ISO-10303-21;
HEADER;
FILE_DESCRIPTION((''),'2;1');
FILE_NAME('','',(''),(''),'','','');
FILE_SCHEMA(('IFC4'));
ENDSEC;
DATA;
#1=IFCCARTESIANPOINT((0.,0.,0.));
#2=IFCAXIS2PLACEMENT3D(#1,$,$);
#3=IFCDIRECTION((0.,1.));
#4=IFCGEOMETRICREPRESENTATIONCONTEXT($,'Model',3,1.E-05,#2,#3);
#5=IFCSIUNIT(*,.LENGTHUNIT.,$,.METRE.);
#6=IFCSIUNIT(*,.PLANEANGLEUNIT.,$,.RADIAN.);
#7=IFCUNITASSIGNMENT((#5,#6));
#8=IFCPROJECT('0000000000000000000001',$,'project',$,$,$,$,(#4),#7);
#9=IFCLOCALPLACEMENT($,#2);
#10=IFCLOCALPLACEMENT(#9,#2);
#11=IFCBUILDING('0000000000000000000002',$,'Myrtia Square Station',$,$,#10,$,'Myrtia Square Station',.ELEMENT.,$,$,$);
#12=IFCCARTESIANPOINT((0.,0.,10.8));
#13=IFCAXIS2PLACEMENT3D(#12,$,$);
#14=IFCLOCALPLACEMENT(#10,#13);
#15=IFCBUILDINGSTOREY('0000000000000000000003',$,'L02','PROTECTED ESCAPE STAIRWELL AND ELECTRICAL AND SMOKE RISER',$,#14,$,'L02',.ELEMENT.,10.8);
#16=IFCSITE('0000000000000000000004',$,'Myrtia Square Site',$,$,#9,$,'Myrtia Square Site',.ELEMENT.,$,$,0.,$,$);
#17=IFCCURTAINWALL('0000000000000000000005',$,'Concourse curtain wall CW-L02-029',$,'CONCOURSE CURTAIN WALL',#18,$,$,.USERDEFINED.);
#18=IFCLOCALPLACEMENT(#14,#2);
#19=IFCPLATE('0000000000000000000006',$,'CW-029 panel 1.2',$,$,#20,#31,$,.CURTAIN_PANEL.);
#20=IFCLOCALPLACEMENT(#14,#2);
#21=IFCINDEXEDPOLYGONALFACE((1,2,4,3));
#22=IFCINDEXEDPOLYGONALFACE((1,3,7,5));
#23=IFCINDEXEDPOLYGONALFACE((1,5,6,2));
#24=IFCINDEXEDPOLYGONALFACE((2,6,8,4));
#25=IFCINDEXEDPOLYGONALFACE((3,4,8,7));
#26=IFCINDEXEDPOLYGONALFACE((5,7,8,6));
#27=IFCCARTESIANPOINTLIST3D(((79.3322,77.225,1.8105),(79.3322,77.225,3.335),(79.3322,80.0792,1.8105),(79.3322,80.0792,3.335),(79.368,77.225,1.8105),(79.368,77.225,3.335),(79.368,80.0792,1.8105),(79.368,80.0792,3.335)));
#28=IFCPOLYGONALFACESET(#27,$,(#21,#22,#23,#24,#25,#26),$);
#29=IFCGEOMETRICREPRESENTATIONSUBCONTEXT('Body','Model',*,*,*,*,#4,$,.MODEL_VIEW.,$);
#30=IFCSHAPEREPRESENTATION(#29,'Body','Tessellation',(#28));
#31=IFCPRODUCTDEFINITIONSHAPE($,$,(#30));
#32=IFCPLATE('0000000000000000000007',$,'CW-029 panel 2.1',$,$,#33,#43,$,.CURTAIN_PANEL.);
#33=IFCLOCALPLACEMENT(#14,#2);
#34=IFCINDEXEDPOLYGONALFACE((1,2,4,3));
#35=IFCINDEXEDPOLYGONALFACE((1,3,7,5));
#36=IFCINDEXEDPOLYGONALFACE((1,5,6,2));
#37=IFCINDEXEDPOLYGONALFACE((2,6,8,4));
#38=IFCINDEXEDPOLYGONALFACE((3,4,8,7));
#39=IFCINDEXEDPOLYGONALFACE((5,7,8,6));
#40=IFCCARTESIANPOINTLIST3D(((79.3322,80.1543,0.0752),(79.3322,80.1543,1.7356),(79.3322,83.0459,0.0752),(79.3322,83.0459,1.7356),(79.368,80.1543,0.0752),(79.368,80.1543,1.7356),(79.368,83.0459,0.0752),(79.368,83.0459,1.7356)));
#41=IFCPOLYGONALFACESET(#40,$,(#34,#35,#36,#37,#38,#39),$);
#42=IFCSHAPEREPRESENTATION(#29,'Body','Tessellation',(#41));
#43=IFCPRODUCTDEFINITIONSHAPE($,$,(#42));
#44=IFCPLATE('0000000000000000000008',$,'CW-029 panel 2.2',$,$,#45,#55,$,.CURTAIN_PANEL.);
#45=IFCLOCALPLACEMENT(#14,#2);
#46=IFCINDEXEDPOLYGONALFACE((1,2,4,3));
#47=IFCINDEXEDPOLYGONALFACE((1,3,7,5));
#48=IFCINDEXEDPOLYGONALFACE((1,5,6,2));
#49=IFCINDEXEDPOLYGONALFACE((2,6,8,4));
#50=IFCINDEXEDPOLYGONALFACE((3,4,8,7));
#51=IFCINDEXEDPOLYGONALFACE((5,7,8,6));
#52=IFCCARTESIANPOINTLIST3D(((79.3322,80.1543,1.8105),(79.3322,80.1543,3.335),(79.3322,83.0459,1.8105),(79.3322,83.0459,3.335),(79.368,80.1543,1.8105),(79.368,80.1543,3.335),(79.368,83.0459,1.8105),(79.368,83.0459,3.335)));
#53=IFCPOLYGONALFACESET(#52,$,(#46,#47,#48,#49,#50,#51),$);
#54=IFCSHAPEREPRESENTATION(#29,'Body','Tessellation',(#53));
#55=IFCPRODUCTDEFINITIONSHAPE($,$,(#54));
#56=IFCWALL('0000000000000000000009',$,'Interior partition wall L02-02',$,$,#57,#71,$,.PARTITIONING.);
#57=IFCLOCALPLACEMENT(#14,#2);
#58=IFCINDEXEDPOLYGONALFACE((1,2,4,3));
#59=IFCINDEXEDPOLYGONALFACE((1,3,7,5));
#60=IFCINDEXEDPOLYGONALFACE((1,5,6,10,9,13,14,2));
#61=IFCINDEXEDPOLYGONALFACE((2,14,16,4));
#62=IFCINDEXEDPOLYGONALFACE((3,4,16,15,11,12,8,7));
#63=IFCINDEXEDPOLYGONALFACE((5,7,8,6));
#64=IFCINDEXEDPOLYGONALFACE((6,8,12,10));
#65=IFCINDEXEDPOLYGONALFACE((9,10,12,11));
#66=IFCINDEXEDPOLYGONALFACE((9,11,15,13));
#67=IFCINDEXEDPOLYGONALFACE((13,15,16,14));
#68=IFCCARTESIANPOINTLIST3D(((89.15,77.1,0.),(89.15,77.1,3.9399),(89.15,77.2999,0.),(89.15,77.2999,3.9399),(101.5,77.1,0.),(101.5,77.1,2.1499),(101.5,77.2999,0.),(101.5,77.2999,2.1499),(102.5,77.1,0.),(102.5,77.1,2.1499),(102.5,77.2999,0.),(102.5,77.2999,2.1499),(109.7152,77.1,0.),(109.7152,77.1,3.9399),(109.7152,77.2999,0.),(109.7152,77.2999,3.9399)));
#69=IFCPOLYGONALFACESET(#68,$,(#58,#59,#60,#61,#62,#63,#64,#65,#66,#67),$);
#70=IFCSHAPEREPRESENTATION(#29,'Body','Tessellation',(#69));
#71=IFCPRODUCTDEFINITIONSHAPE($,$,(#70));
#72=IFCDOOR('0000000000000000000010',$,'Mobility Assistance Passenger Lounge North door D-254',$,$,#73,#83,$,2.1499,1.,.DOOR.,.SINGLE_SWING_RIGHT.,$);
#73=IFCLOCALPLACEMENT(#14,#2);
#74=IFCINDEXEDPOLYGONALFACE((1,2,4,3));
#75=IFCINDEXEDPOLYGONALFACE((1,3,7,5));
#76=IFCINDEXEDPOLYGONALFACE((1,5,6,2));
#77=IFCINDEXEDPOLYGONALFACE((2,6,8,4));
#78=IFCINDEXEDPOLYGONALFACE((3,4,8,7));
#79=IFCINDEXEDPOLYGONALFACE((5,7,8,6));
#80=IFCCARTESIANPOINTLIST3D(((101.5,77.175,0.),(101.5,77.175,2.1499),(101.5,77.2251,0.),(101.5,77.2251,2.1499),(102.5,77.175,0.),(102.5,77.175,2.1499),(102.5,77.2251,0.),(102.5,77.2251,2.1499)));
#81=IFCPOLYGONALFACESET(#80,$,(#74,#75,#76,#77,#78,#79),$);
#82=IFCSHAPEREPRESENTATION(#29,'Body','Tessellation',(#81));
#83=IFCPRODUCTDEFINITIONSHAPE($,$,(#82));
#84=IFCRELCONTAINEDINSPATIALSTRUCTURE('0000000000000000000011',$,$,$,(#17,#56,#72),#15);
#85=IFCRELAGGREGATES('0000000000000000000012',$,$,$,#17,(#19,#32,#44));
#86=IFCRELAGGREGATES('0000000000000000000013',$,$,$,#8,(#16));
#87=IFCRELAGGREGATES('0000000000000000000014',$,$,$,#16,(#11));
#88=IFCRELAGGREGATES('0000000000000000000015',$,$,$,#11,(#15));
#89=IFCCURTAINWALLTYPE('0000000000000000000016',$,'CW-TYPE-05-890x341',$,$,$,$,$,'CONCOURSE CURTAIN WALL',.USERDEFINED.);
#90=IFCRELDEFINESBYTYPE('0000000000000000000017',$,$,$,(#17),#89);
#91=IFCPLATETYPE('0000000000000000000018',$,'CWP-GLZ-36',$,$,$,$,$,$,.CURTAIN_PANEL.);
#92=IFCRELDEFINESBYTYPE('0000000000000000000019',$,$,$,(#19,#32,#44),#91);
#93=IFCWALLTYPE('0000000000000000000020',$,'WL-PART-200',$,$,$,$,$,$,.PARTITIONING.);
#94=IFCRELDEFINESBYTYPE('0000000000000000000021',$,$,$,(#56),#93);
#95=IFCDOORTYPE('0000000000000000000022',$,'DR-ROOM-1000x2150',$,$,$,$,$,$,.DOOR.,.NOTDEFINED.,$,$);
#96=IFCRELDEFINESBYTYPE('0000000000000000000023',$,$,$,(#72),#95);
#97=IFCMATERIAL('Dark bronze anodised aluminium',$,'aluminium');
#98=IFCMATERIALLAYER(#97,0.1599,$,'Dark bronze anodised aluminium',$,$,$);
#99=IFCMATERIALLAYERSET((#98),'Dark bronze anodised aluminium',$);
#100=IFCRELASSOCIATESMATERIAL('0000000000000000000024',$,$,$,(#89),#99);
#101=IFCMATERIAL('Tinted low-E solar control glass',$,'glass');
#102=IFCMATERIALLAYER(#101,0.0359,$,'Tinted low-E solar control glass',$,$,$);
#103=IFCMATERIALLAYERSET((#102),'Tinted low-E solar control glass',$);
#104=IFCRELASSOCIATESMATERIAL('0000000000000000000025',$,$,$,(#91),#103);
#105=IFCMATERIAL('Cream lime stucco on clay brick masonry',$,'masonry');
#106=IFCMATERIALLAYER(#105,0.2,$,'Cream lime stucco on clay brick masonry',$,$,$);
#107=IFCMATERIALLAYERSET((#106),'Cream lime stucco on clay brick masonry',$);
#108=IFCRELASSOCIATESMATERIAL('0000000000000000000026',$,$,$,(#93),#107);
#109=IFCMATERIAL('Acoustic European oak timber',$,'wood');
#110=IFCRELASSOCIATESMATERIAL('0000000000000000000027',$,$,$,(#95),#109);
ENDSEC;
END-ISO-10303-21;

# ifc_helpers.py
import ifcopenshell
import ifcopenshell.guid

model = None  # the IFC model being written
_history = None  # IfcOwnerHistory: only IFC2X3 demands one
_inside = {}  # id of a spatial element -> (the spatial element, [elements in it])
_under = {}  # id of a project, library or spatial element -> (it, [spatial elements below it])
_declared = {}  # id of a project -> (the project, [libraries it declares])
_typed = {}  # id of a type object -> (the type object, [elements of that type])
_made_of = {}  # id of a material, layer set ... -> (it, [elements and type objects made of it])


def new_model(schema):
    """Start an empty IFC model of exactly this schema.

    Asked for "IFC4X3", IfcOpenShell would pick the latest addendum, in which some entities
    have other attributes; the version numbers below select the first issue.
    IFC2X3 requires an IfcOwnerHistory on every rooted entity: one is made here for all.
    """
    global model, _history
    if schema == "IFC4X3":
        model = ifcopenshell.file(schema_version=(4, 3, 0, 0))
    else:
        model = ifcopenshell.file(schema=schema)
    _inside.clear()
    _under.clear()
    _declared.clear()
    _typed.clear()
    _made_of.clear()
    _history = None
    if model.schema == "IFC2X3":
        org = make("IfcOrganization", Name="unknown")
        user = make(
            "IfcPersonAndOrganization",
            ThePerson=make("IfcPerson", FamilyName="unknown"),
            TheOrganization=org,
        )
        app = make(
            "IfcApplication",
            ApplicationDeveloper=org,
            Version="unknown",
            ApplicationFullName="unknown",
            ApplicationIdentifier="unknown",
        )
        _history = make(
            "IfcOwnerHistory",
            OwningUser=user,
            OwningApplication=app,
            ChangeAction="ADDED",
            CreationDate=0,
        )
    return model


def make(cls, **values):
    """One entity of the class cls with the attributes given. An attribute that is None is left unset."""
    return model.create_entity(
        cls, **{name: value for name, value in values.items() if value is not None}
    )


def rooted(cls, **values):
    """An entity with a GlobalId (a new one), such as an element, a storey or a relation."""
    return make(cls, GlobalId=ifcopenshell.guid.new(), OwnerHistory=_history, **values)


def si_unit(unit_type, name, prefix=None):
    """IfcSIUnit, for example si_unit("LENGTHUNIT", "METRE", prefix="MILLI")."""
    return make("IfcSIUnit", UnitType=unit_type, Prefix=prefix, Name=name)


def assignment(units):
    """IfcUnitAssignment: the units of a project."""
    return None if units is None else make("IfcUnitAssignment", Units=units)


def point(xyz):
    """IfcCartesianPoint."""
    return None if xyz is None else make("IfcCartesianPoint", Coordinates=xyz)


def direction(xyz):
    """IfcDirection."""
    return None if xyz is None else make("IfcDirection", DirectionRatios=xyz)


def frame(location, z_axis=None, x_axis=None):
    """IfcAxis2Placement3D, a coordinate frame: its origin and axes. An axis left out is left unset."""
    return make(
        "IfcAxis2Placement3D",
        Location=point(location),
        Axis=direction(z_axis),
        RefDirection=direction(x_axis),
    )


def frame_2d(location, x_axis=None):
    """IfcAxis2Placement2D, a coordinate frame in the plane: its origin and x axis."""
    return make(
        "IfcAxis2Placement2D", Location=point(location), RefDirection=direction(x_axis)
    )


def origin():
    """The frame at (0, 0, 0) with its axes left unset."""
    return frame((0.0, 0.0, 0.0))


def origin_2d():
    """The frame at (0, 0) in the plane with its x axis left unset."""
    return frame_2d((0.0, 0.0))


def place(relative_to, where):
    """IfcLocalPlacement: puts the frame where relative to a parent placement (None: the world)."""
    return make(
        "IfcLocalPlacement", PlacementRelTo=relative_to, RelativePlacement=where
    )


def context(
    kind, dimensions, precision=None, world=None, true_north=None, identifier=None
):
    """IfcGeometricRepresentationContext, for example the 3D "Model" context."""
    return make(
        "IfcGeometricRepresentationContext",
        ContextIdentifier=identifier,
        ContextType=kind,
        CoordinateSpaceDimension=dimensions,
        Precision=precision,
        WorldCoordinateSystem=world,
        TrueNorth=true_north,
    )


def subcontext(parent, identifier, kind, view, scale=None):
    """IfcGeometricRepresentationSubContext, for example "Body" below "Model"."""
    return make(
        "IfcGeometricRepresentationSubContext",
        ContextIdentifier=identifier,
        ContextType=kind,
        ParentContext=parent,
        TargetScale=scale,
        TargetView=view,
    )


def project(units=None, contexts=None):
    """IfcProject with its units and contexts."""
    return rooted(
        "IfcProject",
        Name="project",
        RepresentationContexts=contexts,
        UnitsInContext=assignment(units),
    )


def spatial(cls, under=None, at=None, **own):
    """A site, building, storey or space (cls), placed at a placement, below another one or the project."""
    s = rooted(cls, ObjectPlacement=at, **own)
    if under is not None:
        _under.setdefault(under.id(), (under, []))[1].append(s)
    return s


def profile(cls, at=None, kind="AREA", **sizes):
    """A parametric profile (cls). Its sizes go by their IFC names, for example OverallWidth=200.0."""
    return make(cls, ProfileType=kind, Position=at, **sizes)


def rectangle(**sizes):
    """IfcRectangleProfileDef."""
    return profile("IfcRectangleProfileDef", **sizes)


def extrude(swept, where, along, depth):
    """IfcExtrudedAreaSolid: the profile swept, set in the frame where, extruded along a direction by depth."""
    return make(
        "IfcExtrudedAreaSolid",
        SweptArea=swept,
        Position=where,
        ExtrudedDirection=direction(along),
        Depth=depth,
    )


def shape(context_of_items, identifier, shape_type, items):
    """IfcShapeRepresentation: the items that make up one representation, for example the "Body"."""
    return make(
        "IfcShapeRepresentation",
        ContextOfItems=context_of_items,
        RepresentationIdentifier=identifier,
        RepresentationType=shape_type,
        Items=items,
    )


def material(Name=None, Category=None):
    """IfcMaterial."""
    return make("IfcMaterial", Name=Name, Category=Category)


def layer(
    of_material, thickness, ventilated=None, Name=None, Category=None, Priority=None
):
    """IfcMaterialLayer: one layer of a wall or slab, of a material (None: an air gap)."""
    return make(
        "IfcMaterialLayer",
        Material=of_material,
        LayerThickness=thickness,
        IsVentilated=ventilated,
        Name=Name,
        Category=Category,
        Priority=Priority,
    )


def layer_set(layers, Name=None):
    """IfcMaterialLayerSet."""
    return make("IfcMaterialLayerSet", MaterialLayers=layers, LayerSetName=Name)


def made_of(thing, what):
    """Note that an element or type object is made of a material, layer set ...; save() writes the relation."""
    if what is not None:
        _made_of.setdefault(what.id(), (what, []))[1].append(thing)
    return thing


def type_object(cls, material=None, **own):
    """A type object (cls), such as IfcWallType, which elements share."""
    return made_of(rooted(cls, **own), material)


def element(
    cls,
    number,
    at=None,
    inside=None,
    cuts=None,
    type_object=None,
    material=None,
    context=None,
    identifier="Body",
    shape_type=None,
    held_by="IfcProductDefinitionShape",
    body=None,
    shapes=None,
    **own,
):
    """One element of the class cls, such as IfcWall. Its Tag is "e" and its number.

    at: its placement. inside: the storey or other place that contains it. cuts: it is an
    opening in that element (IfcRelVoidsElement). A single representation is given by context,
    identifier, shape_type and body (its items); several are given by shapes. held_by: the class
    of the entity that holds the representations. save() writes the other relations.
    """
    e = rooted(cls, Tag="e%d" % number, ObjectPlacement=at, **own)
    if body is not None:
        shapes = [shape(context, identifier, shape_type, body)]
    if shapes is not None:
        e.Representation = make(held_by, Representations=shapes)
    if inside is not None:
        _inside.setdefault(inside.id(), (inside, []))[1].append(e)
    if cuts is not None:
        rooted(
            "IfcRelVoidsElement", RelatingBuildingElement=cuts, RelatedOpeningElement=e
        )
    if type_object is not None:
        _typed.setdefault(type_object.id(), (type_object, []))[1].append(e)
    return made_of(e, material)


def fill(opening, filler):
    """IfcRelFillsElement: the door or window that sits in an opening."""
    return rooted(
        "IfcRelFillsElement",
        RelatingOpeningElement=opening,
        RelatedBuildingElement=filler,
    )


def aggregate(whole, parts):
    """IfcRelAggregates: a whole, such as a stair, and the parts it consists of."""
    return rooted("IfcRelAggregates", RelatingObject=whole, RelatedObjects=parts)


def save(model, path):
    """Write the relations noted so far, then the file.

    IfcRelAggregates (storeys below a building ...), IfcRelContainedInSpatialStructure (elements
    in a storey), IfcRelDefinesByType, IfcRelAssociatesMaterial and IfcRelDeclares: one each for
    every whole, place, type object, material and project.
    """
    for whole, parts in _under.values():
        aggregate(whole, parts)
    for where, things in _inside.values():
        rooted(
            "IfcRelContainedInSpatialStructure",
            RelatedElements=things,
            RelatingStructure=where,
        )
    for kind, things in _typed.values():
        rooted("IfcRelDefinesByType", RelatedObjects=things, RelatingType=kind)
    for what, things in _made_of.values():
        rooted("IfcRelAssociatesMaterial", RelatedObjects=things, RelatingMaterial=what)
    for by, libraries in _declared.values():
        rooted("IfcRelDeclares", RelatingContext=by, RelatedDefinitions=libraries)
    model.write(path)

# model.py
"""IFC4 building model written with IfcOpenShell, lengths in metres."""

from ifc_helpers import new_model, si_unit, direction, frame, frame_2d, origin, origin_2d, place, context, subcontext, project, spatial, rectangle, extrude, material, layer, layer_set, type_object, element, fill, aggregate, save


model = new_model("IFC4")

# Units and contexts
model_context = context("Model", 3, precision=1e-05, world=origin(), true_north=direction((0.0, 1.0)))
body_context = subcontext(model_context, "Body", "Model", "MODEL_VIEW")
ifc_project = project(units=[si_unit("LENGTHUNIT", "METRE"), si_unit("PLANEANGLEUNIT", "RADIAN")], contexts=[model_context])

# Site, building, storey
site_placement = place(None, origin())
site = spatial("IfcSite", under=ifc_project, at=site_placement, Name="Myrtia Square Site", LongName="Myrtia Square Site", CompositionType="ELEMENT", RefElevation=0.0)
building_placement = place(site_placement, origin())
building = spatial("IfcBuilding", under=site, at=building_placement, Name="Myrtia Square Station", LongName="Myrtia Square Station", CompositionType="ELEMENT")
storey_placement = place(building_placement, frame((0.0, 0.0, 10.8)))
storey = spatial("IfcBuildingStorey", under=building, at=storey_placement, Name="L02", Description="PROTECTED ESCAPE STAIRWELL AND ELECTRICAL AND SMOKE RISER", LongName="L02", CompositionType="ELEMENT", Elevation=10.8)

# Curtain wall
ifc_material_1 = material(Name="Dark bronze anodised aluminium", Category="aluminium")
ifc_layer_1 = layer(ifc_material_1, 0.1599, Name="Dark bronze anodised aluminium")
ifc_layer_set_1 = layer_set([ifc_layer_1], Name="Dark bronze anodised aluminium")
curtain_wall_type = type_object("IfcCurtainWallType", Name="CW-TYPE-05-890x341", ElementType="CONCOURSE CURTAIN WALL", PredefinedType="USERDEFINED", material=ifc_layer_set_1)
curtain_wall_1_placement = place(storey_placement, origin())
curtain_wall_1 = element("IfcCurtainWall", 1, at=curtain_wall_1_placement, inside=storey, type_object=curtain_wall_type, Name="Concourse curtain wall CW-L02-029", ObjectType="CONCOURSE CURTAIN WALL", PredefinedType="USERDEFINED")

# Plates
ifc_material_2 = material(Name="Tinted low-E solar control glass", Category="glass")
ifc_layer_2 = layer(ifc_material_2, 0.0359, Name="Tinted low-E solar control glass")
ifc_layer_set_2 = layer_set([ifc_layer_2], Name="Tinted low-E solar control glass")
plate_type_1 = type_object("IfcPlateType", Name="CWP-GLZ-36", PredefinedType="CURTAIN_PANEL", material=ifc_layer_set_2)
plate_1_placement = place(storey_placement, frame((79.3501, 78.6521, 1.8105), z_axis=(0.0, 0.0, 1.0), x_axis=(0.0, 1.0, 0.0)))
plate_1 = element("IfcPlate", 2, at=plate_1_placement, type_object=plate_type_1, Name="CW-029 panel 1.2", PredefinedType="CURTAIN_PANEL", context=body_context, shape_type="SweptSolid", body=[
    extrude(rectangle(XDim=2.8542, YDim=0.0359, at=origin_2d()), origin(), (0.0, 0.0, 1.0), 1.5244),
])
plate_2_placement = place(storey_placement, frame((79.3501, 81.6001, 0.0752), z_axis=(0.0, 0.0, 1.0), x_axis=(0.0, 1.0, 0.0)))
plate_2 = element("IfcPlate", 3, at=plate_2_placement, type_object=plate_type_1, Name="CW-029 panel 2.1", PredefinedType="CURTAIN_PANEL", context=body_context, shape_type="SweptSolid", body=[
    extrude(rectangle(XDim=2.8916, YDim=0.0359, at=origin_2d()), origin(), (0.0, 0.0, 1.0), 1.6604),
])
plate_3_placement = place(storey_placement, frame((79.3501, 81.6001, 1.8105), z_axis=(0.0, 0.0, 1.0), x_axis=(0.0, 1.0, 0.0)))
plate_3 = element("IfcPlate", 4, at=plate_3_placement, type_object=plate_type_1, Name="CW-029 panel 2.2", PredefinedType="CURTAIN_PANEL", context=body_context, shape_type="SweptSolid", body=[
    extrude(rectangle(XDim=2.8916, YDim=0.0359, at=origin_2d()), origin(), (0.0, 0.0, 1.0), 1.5244),
])
aggregate(curtain_wall_1, [plate_1, plate_2, plate_3])

# Wall, opening, door
ifc_material_3 = material(Name="Cream lime stucco on clay brick masonry", Category="masonry")
ifc_layer_3 = layer(ifc_material_3, 0.2, Name="Cream lime stucco on clay brick masonry")
ifc_layer_set_3 = layer_set([ifc_layer_3], Name="Cream lime stucco on clay brick masonry")
wall_type = type_object("IfcWallType", Name="WL-PART-200", PredefinedType="PARTITIONING", material=ifc_layer_set_3)
wall_placement = place(storey_placement, frame((89.1499, 77.2, 0.0), z_axis=(0.0, 0.0, 1.0), x_axis=(1.0, 0.0, 0.0)))
wall = element("IfcWall", 5, at=wall_placement, inside=storey, type_object=wall_type, Name="Interior partition wall L02-02", PredefinedType="PARTITIONING", context=body_context, shape_type="SweptSolid", body=[
    extrude(rectangle(XDim=20.5652, YDim=0.2, at=frame_2d((10.2827, 0.0))), origin(), (0.0, 0.0, 1.0), 3.9399),
])
opening_placement = place(wall_placement, frame((12.3501, 0.0, 0.0)))
opening = element("IfcOpeningElement", 6, at=opening_placement, cuts=wall, PredefinedType="OPENING", context=body_context, shape_type="SweptSolid", body=[
    extrude(rectangle(XDim=1.0, YDim=2.1499, at=frame_2d((0.5, 1.075))), frame((0.0, 0.115, 0.0), z_axis=(0.0, -1.0, 0.0), x_axis=(1.0, 0.0, 0.0)), (0.0, 0.0, 1.0), 0.23),
])
ifc_material_4 = material(Name="Acoustic European oak timber", Category="wood")
door_type = type_object("IfcDoorType", Name="DR-ROOM-1000x2150", OperationType="NOTDEFINED", PredefinedType="DOOR", material=ifc_material_4)
door_placement = place(opening_placement, frame((1.0, 0.0, 0.0), z_axis=(0.0, 0.0, 1.0), x_axis=(-1.0, 0.0, 0.0)))
door = element("IfcDoor", 7, at=door_placement, inside=storey, type_object=door_type, Name="Mobility Assistance Passenger Lounge North door D-254", OperationType="SINGLE_SWING_RIGHT", OverallHeight=2.1499, OverallWidth=1.0, PredefinedType="DOOR", context=body_context, shape_type="SweptSolid", body=[
    extrude(rectangle(XDim=1.0, YDim=2.1499, at=frame_2d((0.5, 1.075))), frame((0.0, 0.0249, 0.0), z_axis=(0.0, -1.0, 0.0), x_axis=(1.0, 0.0, 0.0)), (0.0, 0.0, 1.0), 0.05),
])
fill(opening, door)

save(model, "model.ifc")
